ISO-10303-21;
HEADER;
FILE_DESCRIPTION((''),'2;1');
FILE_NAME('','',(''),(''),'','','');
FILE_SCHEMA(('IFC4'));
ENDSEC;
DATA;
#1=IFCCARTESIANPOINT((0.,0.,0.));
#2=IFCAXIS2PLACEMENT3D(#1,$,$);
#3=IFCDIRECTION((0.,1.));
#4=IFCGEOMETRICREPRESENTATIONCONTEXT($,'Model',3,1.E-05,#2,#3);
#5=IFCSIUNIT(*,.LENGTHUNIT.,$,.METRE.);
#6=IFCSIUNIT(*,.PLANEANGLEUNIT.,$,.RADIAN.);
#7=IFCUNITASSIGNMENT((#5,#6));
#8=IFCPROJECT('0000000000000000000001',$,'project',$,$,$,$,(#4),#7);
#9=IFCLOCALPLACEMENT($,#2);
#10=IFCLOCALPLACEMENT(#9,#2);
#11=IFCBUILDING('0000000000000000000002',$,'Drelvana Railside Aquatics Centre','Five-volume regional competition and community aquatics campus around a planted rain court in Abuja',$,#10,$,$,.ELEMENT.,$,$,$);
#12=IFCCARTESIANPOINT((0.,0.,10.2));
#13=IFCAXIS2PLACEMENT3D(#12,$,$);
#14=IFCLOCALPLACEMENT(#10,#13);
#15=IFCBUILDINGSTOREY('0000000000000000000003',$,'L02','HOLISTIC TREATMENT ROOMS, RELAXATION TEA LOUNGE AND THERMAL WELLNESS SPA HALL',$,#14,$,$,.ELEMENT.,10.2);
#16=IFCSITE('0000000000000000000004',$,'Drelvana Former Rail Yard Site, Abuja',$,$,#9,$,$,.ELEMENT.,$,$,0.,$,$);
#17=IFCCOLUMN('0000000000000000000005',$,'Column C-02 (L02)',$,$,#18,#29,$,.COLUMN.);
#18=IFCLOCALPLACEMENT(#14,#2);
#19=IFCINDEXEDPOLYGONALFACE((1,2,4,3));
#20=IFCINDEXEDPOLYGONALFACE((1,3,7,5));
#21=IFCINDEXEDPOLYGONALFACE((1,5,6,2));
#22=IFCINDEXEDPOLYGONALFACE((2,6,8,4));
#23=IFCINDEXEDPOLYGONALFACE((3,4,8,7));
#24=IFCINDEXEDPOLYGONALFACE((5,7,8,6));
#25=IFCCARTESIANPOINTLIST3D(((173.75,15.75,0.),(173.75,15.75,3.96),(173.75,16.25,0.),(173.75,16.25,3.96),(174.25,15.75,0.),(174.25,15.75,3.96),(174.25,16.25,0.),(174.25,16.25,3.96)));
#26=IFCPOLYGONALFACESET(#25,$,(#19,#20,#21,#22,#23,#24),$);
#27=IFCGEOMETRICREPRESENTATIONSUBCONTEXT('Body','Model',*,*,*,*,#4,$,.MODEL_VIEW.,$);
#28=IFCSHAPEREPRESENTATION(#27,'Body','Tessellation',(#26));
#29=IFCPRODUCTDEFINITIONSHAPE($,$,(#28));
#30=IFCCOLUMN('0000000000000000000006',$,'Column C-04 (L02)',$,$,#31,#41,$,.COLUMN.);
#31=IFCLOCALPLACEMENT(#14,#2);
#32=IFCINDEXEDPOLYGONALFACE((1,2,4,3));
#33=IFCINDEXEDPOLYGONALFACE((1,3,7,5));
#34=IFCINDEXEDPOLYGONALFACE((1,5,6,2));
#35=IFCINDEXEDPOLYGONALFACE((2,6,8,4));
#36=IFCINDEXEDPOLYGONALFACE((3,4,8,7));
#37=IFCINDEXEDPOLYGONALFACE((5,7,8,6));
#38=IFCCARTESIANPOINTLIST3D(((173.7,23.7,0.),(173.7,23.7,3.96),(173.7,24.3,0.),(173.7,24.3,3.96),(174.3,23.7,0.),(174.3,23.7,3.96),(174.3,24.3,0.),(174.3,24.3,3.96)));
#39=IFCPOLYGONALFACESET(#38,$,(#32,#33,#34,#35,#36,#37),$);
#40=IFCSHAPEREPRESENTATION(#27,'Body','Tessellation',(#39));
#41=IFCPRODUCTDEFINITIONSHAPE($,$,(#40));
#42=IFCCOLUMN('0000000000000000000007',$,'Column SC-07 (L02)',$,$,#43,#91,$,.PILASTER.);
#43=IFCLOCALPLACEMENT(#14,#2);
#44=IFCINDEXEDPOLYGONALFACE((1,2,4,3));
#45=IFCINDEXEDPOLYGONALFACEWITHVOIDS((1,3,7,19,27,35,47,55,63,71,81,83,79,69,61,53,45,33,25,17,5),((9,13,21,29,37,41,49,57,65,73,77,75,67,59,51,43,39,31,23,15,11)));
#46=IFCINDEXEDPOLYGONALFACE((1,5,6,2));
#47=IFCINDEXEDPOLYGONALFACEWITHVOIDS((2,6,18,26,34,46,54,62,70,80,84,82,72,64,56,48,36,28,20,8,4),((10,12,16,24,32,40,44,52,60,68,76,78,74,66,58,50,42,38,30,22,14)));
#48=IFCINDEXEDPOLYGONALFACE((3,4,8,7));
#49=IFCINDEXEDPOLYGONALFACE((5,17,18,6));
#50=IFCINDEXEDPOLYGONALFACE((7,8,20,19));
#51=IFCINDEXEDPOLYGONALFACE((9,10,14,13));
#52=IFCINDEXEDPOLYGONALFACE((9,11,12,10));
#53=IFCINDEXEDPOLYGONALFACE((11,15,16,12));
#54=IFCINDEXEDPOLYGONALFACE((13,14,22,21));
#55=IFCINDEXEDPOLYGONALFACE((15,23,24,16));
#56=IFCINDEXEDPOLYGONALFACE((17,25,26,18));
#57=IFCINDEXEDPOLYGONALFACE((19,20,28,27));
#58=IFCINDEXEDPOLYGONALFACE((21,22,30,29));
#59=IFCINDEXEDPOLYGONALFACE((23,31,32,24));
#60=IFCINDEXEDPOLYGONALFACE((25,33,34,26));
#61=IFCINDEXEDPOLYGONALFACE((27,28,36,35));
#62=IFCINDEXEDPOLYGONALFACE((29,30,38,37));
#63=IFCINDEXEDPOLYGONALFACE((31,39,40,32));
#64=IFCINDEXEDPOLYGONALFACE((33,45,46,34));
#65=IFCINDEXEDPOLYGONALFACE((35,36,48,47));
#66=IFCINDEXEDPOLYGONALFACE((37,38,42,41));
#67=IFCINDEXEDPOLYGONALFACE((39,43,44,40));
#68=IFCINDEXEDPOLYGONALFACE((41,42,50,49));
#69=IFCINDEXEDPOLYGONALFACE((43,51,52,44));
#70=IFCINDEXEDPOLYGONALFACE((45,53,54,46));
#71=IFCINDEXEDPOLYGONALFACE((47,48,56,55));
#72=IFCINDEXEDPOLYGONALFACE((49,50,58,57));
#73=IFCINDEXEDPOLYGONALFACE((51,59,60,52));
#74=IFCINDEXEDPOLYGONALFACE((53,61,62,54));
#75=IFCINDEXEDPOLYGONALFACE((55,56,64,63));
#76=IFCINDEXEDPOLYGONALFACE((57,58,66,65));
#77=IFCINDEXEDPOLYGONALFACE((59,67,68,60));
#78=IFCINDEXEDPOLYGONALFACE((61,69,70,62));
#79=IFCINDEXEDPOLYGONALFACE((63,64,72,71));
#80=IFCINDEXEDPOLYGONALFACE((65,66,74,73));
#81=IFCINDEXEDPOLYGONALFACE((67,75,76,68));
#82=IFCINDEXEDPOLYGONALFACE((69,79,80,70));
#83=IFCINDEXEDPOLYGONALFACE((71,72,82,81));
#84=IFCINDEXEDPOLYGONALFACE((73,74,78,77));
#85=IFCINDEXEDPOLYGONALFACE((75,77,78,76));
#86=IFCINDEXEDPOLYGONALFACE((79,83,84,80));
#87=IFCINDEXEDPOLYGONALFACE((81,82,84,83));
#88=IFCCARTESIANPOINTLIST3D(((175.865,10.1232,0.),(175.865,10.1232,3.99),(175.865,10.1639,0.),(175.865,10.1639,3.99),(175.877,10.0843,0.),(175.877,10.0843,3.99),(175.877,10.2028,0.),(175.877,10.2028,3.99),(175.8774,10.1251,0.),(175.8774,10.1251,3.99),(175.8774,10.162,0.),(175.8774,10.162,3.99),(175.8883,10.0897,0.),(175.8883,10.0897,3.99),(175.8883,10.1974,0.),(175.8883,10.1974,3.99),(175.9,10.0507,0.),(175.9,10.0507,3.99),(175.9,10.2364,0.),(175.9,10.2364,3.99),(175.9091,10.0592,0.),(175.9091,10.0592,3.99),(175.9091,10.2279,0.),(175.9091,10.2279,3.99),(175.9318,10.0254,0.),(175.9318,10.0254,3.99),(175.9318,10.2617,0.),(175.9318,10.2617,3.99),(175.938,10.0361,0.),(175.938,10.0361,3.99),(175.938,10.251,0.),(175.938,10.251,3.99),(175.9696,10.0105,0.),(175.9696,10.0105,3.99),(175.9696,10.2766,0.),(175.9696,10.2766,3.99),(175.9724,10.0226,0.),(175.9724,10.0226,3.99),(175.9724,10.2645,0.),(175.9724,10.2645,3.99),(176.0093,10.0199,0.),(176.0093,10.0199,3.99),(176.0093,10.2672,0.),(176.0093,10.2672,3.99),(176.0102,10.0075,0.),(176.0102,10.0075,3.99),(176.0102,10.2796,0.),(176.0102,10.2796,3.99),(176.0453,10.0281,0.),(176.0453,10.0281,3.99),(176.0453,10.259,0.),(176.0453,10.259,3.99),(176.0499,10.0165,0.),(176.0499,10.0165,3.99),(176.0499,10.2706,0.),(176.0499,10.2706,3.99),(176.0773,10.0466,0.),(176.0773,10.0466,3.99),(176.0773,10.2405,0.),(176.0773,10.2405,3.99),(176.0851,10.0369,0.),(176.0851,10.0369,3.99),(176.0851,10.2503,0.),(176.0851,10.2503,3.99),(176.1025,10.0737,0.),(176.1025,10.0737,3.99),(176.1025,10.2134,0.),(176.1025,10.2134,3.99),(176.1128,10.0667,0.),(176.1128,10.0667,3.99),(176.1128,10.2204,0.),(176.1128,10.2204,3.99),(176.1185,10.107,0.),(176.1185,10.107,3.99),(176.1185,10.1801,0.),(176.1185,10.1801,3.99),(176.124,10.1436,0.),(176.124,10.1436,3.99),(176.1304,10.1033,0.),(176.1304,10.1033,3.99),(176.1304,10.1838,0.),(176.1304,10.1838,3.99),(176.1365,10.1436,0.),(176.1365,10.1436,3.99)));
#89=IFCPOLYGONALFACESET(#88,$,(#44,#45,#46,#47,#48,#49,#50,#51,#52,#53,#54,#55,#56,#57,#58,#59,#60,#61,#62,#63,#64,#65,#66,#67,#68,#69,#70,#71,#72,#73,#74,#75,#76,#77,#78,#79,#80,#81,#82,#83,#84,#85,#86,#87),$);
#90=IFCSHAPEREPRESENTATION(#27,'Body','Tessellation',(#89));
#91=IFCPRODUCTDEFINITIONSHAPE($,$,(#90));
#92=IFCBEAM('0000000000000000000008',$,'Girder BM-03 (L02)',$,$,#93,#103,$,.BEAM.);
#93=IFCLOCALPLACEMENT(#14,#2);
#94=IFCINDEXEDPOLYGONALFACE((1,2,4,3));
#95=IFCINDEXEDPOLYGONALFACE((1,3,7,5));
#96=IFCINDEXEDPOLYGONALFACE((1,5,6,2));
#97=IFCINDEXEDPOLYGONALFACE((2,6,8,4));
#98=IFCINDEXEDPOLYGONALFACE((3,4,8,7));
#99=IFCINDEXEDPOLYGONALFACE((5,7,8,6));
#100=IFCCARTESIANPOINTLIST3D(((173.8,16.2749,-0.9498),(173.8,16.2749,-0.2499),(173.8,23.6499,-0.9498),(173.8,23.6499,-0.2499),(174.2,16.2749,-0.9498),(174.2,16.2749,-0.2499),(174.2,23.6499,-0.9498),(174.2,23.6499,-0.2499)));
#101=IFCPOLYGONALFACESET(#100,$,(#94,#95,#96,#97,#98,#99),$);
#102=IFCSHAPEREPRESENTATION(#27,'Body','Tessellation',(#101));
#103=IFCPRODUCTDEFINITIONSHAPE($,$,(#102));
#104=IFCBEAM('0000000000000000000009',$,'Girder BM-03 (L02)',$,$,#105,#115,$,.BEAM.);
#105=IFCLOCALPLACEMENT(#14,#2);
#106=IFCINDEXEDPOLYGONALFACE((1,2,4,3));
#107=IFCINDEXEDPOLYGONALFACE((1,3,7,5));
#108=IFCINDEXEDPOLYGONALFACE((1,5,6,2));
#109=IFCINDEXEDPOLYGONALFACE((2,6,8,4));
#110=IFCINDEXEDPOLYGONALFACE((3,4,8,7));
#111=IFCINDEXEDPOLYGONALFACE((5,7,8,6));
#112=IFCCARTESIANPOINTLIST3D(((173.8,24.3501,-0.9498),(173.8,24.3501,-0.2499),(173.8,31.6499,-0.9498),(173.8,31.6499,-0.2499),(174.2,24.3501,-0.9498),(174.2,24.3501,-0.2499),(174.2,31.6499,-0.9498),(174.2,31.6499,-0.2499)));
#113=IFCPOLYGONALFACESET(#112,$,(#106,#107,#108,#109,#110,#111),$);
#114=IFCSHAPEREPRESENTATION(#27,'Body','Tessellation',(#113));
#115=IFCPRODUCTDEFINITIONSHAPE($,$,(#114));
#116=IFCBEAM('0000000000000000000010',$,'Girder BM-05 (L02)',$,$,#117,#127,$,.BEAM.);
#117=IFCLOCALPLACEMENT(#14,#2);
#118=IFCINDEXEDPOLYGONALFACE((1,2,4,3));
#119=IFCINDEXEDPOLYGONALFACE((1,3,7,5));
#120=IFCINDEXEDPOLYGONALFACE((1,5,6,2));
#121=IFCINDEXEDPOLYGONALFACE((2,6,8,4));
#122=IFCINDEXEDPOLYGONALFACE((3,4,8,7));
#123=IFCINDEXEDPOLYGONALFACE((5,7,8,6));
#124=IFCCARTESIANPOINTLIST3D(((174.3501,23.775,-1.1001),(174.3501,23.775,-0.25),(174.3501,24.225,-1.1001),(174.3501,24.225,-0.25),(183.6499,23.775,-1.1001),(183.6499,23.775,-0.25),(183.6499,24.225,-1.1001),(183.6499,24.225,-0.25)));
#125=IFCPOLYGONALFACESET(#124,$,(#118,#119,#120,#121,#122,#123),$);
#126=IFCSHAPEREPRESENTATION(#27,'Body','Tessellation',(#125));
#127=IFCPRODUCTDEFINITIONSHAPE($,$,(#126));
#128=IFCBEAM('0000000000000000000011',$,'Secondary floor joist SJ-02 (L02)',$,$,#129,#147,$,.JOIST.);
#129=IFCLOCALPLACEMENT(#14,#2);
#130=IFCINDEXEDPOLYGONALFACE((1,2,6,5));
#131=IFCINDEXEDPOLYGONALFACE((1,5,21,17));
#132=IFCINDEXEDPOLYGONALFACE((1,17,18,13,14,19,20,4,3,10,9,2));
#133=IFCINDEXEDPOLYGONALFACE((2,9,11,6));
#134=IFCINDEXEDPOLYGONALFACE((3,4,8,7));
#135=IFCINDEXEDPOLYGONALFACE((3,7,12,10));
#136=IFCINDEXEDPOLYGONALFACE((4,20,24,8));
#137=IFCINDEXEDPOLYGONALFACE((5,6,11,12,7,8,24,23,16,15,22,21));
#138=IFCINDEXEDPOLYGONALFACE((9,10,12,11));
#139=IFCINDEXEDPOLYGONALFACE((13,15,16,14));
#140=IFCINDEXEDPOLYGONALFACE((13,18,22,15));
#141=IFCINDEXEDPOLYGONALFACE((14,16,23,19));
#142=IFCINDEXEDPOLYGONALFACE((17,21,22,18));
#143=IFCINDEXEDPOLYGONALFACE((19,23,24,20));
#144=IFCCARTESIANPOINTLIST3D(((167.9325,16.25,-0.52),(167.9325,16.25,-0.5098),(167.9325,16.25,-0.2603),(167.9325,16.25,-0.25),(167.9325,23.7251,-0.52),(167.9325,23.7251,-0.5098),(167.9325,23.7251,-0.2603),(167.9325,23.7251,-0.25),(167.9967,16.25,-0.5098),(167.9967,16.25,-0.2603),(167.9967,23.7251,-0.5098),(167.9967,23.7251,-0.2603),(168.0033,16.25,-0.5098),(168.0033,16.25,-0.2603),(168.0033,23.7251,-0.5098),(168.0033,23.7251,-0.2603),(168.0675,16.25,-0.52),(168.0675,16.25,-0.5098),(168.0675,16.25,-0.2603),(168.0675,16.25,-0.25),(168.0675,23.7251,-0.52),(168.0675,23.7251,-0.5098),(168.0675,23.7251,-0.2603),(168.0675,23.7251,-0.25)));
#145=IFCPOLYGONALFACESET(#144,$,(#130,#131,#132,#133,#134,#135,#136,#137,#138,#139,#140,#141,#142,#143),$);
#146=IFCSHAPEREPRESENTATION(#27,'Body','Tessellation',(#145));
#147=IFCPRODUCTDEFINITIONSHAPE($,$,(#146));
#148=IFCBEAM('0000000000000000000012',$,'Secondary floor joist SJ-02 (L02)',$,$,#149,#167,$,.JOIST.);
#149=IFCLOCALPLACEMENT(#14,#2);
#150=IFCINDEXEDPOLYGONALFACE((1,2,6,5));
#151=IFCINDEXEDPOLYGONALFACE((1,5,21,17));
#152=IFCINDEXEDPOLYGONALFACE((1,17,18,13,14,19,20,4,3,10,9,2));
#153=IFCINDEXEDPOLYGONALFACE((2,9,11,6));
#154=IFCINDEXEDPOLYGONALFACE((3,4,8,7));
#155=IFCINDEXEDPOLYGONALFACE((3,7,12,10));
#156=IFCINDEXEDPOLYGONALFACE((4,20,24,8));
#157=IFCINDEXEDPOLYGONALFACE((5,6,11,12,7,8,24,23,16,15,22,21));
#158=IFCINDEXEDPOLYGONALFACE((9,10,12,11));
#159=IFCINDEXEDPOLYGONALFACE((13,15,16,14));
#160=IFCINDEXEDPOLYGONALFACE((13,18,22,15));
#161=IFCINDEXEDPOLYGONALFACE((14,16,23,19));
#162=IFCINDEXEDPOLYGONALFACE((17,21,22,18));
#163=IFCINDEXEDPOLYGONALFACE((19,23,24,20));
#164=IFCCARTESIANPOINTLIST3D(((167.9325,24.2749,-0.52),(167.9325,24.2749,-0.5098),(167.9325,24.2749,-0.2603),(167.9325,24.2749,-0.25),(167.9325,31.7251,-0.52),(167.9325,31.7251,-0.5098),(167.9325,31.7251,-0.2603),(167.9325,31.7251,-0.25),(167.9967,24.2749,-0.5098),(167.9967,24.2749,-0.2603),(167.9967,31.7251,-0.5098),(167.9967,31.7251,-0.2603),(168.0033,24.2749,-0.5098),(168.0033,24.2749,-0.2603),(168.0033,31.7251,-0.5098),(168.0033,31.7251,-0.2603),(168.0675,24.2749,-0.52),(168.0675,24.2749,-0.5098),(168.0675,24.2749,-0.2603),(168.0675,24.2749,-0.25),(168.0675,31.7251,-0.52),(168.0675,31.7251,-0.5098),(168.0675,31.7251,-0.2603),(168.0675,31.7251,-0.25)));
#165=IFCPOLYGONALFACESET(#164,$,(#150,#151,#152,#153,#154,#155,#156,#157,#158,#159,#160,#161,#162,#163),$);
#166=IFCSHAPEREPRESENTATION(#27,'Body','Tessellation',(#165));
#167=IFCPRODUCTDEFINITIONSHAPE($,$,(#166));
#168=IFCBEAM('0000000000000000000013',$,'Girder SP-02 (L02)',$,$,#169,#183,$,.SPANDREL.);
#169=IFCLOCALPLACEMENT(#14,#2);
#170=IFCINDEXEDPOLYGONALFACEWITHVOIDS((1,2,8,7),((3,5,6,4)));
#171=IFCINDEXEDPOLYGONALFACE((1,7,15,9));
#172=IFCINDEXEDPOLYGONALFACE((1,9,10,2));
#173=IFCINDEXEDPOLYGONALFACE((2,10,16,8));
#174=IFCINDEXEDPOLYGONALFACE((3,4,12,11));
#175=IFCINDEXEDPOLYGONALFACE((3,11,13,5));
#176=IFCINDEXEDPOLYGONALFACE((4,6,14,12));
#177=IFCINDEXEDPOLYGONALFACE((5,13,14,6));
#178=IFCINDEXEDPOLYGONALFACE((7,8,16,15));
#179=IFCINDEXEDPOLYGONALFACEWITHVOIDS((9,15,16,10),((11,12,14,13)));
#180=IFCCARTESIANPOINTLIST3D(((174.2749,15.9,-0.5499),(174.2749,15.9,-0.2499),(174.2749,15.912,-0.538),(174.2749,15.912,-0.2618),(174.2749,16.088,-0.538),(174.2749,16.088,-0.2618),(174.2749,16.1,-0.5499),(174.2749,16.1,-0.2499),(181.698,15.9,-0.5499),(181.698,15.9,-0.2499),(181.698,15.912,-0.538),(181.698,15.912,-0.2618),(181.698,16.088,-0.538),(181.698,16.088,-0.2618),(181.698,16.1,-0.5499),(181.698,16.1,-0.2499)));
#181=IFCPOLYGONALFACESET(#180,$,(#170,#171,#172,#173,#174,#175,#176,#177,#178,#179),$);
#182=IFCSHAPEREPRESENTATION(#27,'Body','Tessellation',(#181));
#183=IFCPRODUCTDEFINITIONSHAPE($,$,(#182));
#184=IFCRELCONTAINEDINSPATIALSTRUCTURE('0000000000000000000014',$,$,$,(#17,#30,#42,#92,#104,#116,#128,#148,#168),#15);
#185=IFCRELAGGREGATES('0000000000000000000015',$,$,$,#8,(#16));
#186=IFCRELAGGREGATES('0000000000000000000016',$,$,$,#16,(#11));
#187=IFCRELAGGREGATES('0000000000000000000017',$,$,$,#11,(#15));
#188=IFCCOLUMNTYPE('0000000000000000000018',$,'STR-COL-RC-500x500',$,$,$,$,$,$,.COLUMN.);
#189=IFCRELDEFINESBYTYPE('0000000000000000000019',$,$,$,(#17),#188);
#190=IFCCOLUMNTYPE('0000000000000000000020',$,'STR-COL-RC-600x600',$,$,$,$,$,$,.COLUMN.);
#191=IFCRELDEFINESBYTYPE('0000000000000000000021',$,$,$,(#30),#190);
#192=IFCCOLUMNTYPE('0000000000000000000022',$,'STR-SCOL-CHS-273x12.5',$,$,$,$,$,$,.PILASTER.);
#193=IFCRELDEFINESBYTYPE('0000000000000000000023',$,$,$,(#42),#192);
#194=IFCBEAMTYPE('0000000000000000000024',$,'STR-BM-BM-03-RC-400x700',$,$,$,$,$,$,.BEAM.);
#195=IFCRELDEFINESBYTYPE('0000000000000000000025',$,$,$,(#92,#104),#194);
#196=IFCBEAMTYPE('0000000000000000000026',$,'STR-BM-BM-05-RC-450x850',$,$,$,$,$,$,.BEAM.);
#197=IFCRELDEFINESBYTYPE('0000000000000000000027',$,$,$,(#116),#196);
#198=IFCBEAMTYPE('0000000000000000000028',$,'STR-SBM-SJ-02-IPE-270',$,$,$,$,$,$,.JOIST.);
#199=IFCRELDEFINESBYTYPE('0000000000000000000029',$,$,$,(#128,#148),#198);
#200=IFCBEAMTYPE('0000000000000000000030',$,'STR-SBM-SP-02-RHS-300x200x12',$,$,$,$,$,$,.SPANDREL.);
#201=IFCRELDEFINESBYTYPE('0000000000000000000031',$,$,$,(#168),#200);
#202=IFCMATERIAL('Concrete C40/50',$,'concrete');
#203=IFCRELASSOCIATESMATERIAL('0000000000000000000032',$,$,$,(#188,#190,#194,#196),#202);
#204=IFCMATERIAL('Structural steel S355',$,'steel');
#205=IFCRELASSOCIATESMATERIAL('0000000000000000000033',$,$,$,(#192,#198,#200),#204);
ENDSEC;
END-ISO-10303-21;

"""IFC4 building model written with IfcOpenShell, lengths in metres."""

from ifc_helpers import new_model, si_unit, direction, frame, origin, origin_2d, place, context, subcontext, project, spatial, rectangle, hollow_rectangle, hollow_circle, i_section, extrude, material, material_profile, profile_set, type_object, element, save


model = new_model("IFC4")

# Units and contexts
model_context = context("Model", 3, precision=1e-05, world=origin(), true_north=direction((0.0, 1.0)))
body_context = subcontext(model_context, "Body", "Model", "MODEL_VIEW")
ifc_project = project(units=[si_unit("LENGTHUNIT", "METRE"), si_unit("PLANEANGLEUNIT", "RADIAN")], contexts=[model_context])

# Site, building, storey
site_placement = place(None, origin())
site = spatial("IfcSite", under=ifc_project, at=site_placement, Name="Drelvana Former Rail Yard Site, Abuja", CompositionType="ELEMENT", RefElevation=0.0)
building_placement = place(site_placement, origin())
building = spatial("IfcBuilding", under=site, at=building_placement, Name="Drelvana Railside Aquatics Centre", Description="Five-volume regional competition and community aquatics campus around a planted rain court in Abuja", CompositionType="ELEMENT")
storey_placement = place(building_placement, frame((0.0, 0.0, 10.2)))
storey = spatial("IfcBuildingStorey", under=building, at=storey_placement, Name="L02", Description="HOLISTIC TREATMENT ROOMS, RELAXATION TEA LOUNGE AND THERMAL WELLNESS SPA HALL", CompositionType="ELEMENT", Elevation=10.2)

# Columns
ifc_material_1 = material(Name="Concrete C40/50", Category="concrete")
ifc_material_profile_1 = material_profile(ifc_material_1, rectangle(XDim=0.5, YDim=0.5, at=origin_2d()), Name="RC 500x500")
ifc_profile_set_1 = profile_set([ifc_material_profile_1], Name="Concrete C40/50")
column_type_1 = type_object("IfcColumnType", Name="STR-COL-RC-500x500", PredefinedType="COLUMN", material=ifc_profile_set_1)
column_1_placement = place(storey_placement, frame((174.0, 16.0, 0.0), z_axis=(0.0, 0.0, 1.0), x_axis=(1.0, 0.0, 0.0)))
element("IfcColumn", 1, at=column_1_placement, inside=storey, type_object=column_type_1, Name="Column C-02 (L02)", PredefinedType="COLUMN", context=body_context, shape_type="SweptSolid", body=[
    extrude(rectangle(XDim=0.5, YDim=0.5, at=origin_2d()), origin(), (0.0, 0.0, 1.0), 3.96),
])
ifc_material_profile_2 = material_profile(ifc_material_1, rectangle(XDim=0.6001, YDim=0.6001, at=origin_2d()), Name="RC 600x600")
ifc_profile_set_2 = profile_set([ifc_material_profile_2], Name="Concrete C40/50")
column_type_2 = type_object("IfcColumnType", Name="STR-COL-RC-600x600", PredefinedType="COLUMN", material=ifc_profile_set_2)
column_2_placement = place(storey_placement, frame((174.0, 24.0, 0.0), z_axis=(0.0, 0.0, 1.0), x_axis=(1.0, 0.0, 0.0)))
element("IfcColumn", 2, at=column_2_placement, inside=storey, type_object=column_type_2, Name="Column C-04 (L02)", PredefinedType="COLUMN", context=body_context, shape_type="SweptSolid", body=[
    extrude(rectangle(XDim=0.6001, YDim=0.6001, at=origin_2d()), origin(), (0.0, 0.0, 1.0), 3.96),
])
ifc_material_2 = material(Name="Structural steel S355", Category="steel")
ifc_material_profile_3 = material_profile(ifc_material_2, hollow_circle(Radius=0.1365, WallThickness=0.0125, at=origin_2d()), Name="CHS 273x12.5")
ifc_profile_set_3 = profile_set([ifc_material_profile_3], Name="Structural steel S355")
column_type_3 = type_object("IfcColumnType", Name="STR-SCOL-CHS-273x12.5", PredefinedType="PILASTER", material=ifc_profile_set_3)
column_3_placement = place(storey_placement, frame((176.0, 10.1436, 0.0), z_axis=(0.0, 0.0, 1.0), x_axis=(1.0, 0.0, 0.0)))
element("IfcColumn", 3, at=column_3_placement, inside=storey, type_object=column_type_3, Name="Column SC-07 (L02)", PredefinedType="PILASTER", context=body_context, shape_type="SweptSolid", body=[
    extrude(hollow_circle(Radius=0.1365, WallThickness=0.0125, at=origin_2d()), origin(), (0.0, 0.0, 1.0), 3.99),
])

# Beams
ifc_material_profile_4 = material_profile(ifc_material_1, rectangle(XDim=0.3999, YDim=0.7, at=origin_2d()), Name="RC 400x700")
ifc_profile_set_4 = profile_set([ifc_material_profile_4], Name="Concrete C40/50")
beam_type_1 = type_object("IfcBeamType", Name="STR-BM-BM-03-RC-400x700", PredefinedType="BEAM", material=ifc_profile_set_4)
beam_1_placement = place(storey_placement, frame((174.0, 16.2749, -0.5999), z_axis=(0.0, 1.0, 0.0), x_axis=(-1.0, 0.0, 0.0)))
element("IfcBeam", 4, at=beam_1_placement, inside=storey, type_object=beam_type_1, Name="Girder BM-03 (L02)", PredefinedType="BEAM", context=body_context, shape_type="SweptSolid", body=[
    extrude(rectangle(XDim=0.3999, YDim=0.7, at=origin_2d()), origin(), (0.0, 0.0, 1.0), 7.375),
])
beam_2_placement = place(storey_placement, frame((174.0, 24.3501, -0.5999), z_axis=(0.0, 1.0, 0.0), x_axis=(-1.0, 0.0, 0.0)))
element("IfcBeam", 5, at=beam_2_placement, inside=storey, type_object=beam_type_1, Name="Girder BM-03 (L02)", PredefinedType="BEAM", context=body_context, shape_type="SweptSolid", body=[
    extrude(rectangle(XDim=0.3999, YDim=0.7, at=origin_2d()), origin(), (0.0, 0.0, 1.0), 7.2998),
])
ifc_material_profile_5 = material_profile(ifc_material_1, rectangle(XDim=0.45, YDim=0.8501, at=origin_2d()), Name="RC 450x850")
ifc_profile_set_5 = profile_set([ifc_material_profile_5], Name="Concrete C40/50")
beam_type_2 = type_object("IfcBeamType", Name="STR-BM-BM-05-RC-450x850", PredefinedType="BEAM", material=ifc_profile_set_5)
beam_3_placement = place(storey_placement, frame((174.3501, 24.0, -0.675), z_axis=(1.0, 0.0, 0.0), x_axis=(0.0, 1.0, 0.0)))
element("IfcBeam", 6, at=beam_3_placement, inside=storey, type_object=beam_type_2, Name="Girder BM-05 (L02)", PredefinedType="BEAM", context=body_context, shape_type="SweptSolid", body=[
    extrude(rectangle(XDim=0.45, YDim=0.8501, at=origin_2d()), origin(), (0.0, 0.0, 1.0), 9.2998),
])
ifc_material_profile_6 = material_profile(ifc_material_2, i_section(OverallWidth=0.135, OverallDepth=0.27, WebThickness=0.0066, FlangeThickness=0.0103, at=origin_2d()), Name="IPE 270")
ifc_profile_set_6 = profile_set([ifc_material_profile_6], Name="Structural steel S355")
beam_type_3 = type_object("IfcBeamType", Name="STR-SBM-SJ-02-IPE-270", PredefinedType="JOIST", material=ifc_profile_set_6)
beam_4_placement = place(storey_placement, frame((168.0, 16.25, -0.385), z_axis=(0.0, 1.0, 0.0), x_axis=(-1.0, 0.0, 0.0)))
element("IfcBeam", 7, at=beam_4_placement, inside=storey, type_object=beam_type_3, Name="Secondary floor joist SJ-02 (L02)", PredefinedType="JOIST", context=body_context, shape_type="SweptSolid", body=[
    extrude(i_section(OverallWidth=0.135, OverallDepth=0.27, WebThickness=0.0066, FlangeThickness=0.0103, at=origin_2d()), origin(), (0.0, 0.0, 1.0), 7.4751),
])
beam_5_placement = place(storey_placement, frame((168.0, 24.2749, -0.385), z_axis=(0.0, 1.0, 0.0), x_axis=(-1.0, 0.0, 0.0)))
element("IfcBeam", 8, at=beam_5_placement, inside=storey, type_object=beam_type_3, Name="Secondary floor joist SJ-02 (L02)", PredefinedType="JOIST", context=body_context, shape_type="SweptSolid", body=[
    extrude(i_section(OverallWidth=0.135, OverallDepth=0.27, WebThickness=0.0066, FlangeThickness=0.0103, at=origin_2d()), origin(), (0.0, 0.0, 1.0), 7.4502),
])
ifc_material_profile_7 = material_profile(ifc_material_2, hollow_rectangle(XDim=0.2, YDim=0.3, WallThickness=0.012, at=origin_2d()), Name="RHS 300x200x12")
ifc_profile_set_7 = profile_set([ifc_material_profile_7], Name="Structural steel S355")
beam_type_4 = type_object("IfcBeamType", Name="STR-SBM-SP-02-RHS-300x200x12", PredefinedType="SPANDREL", material=ifc_profile_set_7)
beam_6_placement = place(storey_placement, frame((174.2749, 16.0, -0.3999), z_axis=(1.0, 0.0, 0.0), x_axis=(0.0, 1.0, 0.0)))
element("IfcBeam", 9, at=beam_6_placement, inside=storey, type_object=beam_type_4, Name="Girder SP-02 (L02)", PredefinedType="SPANDREL", context=body_context, shape_type="SweptSolid", body=[
    extrude(hollow_rectangle(XDim=0.2, YDim=0.3, WallThickness=0.012, at=origin_2d()), origin(), (0.0, 0.0, 1.0), 7.4231),
])

save(model, "model.ifc")
